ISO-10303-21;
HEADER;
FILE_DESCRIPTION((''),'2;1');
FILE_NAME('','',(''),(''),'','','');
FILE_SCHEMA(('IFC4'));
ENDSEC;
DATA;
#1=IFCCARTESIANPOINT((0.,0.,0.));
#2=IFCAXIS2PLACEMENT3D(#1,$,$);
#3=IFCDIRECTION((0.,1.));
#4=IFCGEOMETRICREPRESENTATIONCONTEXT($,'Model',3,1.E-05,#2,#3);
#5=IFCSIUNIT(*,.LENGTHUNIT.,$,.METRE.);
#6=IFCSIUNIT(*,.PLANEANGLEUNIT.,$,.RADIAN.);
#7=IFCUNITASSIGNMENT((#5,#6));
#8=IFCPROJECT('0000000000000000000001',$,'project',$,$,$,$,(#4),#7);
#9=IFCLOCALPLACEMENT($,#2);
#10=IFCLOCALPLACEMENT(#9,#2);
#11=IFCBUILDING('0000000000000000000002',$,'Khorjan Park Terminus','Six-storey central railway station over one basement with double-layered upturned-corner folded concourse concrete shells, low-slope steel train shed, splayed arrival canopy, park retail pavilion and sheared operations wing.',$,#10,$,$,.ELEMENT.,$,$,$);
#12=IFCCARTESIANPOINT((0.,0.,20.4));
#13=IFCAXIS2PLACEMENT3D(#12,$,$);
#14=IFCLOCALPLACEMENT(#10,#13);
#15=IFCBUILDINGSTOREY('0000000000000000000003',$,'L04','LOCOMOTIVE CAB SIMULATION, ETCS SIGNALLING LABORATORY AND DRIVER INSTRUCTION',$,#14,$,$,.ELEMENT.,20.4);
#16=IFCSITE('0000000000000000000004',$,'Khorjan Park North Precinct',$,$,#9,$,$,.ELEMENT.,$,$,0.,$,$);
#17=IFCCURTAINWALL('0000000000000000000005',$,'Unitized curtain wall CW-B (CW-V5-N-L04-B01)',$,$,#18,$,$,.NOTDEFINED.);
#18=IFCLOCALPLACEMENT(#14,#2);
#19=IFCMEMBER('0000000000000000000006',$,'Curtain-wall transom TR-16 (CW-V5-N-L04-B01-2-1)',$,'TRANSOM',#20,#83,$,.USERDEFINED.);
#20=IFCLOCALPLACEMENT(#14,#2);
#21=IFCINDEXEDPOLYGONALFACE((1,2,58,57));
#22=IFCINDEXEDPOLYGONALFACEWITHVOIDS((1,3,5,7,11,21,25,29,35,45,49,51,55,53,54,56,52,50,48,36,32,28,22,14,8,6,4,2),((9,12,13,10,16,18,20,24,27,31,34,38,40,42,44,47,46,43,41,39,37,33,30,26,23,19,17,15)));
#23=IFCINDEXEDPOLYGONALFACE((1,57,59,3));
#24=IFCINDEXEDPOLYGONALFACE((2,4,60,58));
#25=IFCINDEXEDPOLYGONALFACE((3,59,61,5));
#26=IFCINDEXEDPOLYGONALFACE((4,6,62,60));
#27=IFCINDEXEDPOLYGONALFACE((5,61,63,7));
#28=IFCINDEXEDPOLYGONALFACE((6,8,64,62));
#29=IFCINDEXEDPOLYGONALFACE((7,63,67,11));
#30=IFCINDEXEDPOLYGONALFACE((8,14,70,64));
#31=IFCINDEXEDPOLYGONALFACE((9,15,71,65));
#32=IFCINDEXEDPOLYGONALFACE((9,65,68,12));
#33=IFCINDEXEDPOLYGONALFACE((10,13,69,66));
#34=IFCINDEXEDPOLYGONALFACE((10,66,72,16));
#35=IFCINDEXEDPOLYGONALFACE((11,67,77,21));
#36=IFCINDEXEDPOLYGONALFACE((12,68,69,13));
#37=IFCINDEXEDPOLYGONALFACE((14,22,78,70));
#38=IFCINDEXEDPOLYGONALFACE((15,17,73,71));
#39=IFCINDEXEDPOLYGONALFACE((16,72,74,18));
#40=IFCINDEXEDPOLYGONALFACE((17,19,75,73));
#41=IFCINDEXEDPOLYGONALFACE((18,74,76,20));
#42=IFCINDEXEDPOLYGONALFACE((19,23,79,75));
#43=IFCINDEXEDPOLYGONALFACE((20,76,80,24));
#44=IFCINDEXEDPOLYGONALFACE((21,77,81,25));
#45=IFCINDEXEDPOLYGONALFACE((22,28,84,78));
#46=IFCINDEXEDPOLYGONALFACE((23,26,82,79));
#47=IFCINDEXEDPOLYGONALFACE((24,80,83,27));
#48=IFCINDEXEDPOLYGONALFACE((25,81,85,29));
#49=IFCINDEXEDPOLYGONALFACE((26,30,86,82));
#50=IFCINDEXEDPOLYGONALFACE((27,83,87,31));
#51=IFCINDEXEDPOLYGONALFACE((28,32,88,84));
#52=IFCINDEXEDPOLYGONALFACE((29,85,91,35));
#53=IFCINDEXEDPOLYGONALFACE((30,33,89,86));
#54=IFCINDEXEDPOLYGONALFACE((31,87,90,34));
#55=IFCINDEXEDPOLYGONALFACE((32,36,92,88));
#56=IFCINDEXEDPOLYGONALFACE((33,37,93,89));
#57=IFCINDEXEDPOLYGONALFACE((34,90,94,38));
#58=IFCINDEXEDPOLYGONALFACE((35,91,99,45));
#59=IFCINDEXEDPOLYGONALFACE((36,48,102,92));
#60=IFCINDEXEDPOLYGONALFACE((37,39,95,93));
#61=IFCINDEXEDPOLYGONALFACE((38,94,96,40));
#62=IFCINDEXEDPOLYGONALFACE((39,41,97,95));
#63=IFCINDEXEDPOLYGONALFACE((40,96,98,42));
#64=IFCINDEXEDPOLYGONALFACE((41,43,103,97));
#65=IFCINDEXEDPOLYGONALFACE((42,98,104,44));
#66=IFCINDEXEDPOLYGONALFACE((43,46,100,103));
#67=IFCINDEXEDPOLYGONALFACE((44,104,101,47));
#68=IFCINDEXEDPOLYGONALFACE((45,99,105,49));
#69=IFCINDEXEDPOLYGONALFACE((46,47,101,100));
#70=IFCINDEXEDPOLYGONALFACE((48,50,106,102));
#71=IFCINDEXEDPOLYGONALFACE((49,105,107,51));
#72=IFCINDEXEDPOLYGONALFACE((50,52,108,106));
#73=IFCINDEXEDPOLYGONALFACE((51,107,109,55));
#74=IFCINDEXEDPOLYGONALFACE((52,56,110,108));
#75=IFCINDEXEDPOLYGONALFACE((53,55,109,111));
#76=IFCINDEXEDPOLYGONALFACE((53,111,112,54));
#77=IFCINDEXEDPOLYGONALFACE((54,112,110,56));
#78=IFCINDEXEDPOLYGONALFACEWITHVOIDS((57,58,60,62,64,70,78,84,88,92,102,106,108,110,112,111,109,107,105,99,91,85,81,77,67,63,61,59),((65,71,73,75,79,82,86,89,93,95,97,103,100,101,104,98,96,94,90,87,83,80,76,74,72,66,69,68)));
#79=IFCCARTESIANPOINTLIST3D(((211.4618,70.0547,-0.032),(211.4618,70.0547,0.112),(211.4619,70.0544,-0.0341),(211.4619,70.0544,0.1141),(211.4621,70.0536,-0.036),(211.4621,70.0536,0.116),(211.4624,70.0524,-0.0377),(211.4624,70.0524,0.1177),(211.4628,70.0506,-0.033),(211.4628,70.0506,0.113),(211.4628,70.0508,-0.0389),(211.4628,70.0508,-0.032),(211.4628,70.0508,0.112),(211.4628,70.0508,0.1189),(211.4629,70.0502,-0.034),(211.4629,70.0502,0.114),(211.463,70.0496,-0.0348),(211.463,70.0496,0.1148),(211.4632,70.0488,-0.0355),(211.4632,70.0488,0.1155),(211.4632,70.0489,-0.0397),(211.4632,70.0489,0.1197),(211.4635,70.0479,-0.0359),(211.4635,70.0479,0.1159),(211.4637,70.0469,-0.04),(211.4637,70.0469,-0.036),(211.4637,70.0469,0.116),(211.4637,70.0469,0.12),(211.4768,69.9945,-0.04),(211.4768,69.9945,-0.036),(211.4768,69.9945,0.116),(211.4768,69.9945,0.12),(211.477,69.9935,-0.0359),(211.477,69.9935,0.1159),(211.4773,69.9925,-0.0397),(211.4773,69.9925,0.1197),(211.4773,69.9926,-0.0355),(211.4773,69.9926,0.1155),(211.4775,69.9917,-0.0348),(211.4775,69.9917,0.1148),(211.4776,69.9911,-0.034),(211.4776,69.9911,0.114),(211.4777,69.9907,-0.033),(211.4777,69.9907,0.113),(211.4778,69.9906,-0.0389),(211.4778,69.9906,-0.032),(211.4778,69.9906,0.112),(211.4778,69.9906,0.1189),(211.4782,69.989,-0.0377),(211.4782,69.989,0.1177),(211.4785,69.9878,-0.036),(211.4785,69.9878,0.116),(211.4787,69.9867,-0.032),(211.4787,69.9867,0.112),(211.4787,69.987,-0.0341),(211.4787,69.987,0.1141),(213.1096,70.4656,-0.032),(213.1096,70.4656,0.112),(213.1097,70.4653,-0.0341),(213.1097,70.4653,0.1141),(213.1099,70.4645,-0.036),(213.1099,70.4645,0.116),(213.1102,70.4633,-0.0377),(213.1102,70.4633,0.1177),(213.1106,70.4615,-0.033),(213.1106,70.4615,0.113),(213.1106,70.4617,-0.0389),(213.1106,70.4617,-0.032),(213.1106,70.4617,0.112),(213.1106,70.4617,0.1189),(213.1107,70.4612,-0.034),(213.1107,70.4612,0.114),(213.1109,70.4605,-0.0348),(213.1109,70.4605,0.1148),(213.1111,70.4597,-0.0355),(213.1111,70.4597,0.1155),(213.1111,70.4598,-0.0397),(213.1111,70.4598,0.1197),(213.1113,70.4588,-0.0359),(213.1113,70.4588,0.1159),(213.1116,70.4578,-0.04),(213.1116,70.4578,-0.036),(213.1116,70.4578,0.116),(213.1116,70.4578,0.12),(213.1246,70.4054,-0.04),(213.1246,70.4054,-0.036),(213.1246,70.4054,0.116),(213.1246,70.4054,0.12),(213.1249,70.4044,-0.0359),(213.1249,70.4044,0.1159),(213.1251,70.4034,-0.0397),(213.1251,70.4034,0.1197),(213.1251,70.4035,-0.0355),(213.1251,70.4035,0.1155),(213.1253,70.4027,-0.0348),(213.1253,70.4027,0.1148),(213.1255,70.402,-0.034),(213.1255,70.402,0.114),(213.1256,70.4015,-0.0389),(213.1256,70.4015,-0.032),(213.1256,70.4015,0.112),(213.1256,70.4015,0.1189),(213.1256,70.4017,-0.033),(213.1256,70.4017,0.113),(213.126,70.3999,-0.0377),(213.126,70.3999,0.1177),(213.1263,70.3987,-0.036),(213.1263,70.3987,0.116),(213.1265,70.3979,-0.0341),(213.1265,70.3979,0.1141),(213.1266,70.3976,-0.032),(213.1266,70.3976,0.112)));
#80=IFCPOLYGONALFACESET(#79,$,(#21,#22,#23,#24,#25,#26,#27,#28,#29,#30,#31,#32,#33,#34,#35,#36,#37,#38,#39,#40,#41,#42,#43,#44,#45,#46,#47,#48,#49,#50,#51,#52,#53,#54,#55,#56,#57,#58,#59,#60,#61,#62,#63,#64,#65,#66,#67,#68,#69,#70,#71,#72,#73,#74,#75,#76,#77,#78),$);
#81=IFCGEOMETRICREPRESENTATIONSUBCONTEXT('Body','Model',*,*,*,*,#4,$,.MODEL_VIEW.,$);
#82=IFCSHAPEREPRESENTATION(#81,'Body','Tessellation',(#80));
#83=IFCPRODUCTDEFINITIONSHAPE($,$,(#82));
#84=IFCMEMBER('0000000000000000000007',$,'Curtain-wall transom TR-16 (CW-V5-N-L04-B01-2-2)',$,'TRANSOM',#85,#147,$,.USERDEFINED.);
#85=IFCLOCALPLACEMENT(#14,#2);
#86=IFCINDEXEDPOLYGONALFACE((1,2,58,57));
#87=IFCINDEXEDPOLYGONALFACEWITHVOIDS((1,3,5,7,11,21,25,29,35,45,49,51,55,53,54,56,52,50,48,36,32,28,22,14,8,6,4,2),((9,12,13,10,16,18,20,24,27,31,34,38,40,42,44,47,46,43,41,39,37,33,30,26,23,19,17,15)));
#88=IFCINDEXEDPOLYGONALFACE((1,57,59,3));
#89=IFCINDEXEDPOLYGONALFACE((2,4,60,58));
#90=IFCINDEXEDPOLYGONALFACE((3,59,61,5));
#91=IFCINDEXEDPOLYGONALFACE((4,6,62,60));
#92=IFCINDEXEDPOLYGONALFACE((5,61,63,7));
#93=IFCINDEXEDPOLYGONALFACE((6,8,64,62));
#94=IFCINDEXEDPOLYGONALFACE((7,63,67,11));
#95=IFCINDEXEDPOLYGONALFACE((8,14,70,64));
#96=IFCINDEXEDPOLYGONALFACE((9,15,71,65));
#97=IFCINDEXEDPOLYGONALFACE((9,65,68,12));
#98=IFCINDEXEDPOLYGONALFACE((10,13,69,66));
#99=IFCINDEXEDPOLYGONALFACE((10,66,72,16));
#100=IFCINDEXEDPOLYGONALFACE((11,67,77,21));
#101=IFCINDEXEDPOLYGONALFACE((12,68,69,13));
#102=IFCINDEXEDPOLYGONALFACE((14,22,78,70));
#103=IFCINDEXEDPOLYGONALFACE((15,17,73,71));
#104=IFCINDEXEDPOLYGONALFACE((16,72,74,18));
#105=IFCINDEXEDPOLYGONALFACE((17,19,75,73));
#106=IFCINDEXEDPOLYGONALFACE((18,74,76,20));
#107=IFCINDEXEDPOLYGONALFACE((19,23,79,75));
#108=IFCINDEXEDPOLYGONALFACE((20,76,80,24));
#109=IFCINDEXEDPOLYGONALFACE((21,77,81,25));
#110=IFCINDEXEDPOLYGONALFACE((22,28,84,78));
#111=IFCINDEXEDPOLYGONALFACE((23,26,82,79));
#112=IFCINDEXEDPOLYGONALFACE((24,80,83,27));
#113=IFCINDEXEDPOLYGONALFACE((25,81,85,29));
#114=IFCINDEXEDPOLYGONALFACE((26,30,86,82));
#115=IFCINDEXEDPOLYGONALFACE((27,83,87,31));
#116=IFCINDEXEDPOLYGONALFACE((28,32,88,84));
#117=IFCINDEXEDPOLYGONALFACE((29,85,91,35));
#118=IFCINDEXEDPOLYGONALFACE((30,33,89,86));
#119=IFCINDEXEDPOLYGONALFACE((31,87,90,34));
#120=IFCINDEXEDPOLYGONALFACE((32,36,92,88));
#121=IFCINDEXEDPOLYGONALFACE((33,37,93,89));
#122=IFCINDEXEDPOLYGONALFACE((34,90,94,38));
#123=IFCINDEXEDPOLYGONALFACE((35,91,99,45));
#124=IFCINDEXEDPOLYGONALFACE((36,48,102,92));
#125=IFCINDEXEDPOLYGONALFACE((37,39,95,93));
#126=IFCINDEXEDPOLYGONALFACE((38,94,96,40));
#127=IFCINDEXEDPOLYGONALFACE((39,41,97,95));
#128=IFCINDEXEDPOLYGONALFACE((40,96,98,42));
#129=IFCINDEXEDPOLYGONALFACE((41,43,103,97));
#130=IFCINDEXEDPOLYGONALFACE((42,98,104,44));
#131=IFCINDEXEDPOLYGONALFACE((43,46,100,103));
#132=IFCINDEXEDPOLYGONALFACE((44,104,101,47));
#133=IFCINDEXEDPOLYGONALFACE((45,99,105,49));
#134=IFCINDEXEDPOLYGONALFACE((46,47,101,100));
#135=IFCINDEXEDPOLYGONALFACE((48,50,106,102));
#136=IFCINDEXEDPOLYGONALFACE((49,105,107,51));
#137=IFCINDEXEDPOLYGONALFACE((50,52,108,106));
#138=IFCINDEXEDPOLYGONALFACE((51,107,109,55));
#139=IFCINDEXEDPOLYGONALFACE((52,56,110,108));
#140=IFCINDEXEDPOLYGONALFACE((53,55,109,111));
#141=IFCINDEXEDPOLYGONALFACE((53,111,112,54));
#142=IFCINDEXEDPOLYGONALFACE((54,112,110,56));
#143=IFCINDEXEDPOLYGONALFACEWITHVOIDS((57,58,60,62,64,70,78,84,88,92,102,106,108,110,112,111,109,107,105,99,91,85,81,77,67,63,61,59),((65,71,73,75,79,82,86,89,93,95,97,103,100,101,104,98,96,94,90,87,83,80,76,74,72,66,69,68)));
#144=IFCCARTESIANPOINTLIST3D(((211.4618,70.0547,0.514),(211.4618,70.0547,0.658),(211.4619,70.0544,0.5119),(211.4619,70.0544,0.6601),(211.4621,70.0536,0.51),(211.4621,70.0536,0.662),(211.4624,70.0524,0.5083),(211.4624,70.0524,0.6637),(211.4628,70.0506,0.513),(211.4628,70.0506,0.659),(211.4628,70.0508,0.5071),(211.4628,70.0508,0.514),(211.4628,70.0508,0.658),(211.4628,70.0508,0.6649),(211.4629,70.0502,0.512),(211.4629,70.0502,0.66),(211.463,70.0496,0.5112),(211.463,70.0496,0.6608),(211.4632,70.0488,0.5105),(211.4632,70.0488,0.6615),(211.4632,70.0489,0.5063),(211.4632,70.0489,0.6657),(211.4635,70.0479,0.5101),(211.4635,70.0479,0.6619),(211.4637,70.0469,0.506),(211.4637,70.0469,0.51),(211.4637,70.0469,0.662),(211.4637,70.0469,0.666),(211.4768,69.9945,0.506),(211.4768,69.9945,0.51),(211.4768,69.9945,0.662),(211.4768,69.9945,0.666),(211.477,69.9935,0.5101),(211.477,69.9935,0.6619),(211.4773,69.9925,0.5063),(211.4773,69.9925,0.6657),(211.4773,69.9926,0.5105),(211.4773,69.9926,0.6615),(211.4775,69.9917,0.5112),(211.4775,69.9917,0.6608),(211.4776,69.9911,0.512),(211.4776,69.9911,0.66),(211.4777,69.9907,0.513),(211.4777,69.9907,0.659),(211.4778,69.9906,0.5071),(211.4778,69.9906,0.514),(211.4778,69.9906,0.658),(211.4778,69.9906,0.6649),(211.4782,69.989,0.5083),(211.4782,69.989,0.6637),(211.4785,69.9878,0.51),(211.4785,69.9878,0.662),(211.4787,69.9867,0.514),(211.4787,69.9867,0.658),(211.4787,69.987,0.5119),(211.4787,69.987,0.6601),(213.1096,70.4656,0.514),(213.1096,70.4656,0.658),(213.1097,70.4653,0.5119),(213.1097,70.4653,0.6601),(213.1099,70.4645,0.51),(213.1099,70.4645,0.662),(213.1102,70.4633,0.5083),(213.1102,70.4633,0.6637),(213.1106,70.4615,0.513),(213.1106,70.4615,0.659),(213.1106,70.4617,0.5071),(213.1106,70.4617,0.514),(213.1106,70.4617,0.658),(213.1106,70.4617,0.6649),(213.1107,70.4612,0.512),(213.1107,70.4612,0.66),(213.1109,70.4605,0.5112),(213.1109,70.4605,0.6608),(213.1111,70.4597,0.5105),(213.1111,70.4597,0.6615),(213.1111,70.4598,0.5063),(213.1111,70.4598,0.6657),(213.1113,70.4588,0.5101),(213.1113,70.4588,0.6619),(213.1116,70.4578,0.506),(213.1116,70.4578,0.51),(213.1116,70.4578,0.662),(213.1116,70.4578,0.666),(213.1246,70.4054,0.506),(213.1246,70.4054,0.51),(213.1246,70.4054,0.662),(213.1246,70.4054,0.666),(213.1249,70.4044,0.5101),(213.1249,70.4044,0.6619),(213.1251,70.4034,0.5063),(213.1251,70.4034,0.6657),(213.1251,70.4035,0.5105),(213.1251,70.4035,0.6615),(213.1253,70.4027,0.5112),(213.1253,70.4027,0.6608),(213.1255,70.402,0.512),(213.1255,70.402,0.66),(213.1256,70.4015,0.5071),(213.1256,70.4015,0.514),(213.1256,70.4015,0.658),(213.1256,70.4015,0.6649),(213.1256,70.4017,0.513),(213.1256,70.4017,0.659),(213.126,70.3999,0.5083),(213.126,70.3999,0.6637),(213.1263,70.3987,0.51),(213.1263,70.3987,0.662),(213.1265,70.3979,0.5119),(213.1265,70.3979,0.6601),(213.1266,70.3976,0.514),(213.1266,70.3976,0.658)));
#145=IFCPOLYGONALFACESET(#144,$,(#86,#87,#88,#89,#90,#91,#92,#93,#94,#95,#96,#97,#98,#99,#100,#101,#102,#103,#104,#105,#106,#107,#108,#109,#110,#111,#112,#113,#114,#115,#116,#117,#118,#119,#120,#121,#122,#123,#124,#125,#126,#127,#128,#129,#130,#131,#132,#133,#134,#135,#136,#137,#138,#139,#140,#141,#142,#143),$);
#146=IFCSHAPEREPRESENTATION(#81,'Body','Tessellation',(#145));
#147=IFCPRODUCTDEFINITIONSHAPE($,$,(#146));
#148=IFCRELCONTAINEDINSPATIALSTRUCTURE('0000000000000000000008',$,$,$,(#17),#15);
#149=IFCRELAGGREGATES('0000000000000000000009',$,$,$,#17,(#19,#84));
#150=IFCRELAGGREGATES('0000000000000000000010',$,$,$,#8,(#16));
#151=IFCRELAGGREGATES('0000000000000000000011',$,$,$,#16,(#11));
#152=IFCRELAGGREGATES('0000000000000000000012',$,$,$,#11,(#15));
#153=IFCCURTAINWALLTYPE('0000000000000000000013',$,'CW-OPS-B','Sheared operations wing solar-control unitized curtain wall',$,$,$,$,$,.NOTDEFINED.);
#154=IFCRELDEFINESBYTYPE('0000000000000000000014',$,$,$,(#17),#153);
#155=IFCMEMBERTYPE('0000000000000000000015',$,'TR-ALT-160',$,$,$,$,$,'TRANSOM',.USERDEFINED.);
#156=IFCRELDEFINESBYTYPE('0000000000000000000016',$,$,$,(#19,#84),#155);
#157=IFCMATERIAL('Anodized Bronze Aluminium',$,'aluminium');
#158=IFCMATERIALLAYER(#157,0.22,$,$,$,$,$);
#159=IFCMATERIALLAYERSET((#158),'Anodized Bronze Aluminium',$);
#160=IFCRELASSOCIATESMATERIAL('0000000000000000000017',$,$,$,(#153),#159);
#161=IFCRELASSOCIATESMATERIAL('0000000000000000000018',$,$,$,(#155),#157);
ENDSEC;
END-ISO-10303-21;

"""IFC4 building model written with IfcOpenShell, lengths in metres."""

from ifc_helpers import new_model, si_unit, direction, frame, origin, origin_2d, place, context, subcontext, project, spatial, hollow_rectangle, extrude, material, layer, layer_set, material_profile, profile_set, type_object, element, aggregate, save


model = new_model("IFC4")

# Units and contexts
model_context = context("Model", 3, precision=1e-05, world=origin(), true_north=direction((0.0, 1.0)))
body_context = subcontext(model_context, "Body", "Model", "MODEL_VIEW")
ifc_project = project(units=[si_unit("LENGTHUNIT", "METRE"), si_unit("PLANEANGLEUNIT", "RADIAN")], contexts=[model_context])

# Site, building, storey
site_placement = place(None, origin())
site = spatial("IfcSite", under=ifc_project, at=site_placement, Name="Khorjan Park North Precinct", CompositionType="ELEMENT", RefElevation=0.0)
building_placement = place(site_placement, origin())
building = spatial("IfcBuilding", under=site, at=building_placement, Name="Khorjan Park Terminus", Description="Six-storey central railway station over one basement with double-layered upturned-corner folded concourse concrete shells, low-slope steel train shed, splayed arrival canopy, park retail pavilion and sheared operations wing.", CompositionType="ELEMENT")
storey_placement = place(building_placement, frame((0.0, 0.0, 20.4)))
storey = spatial("IfcBuildingStorey", under=building, at=storey_placement, Name="L04", Description="LOCOMOTIVE CAB SIMULATION, ETCS SIGNALLING LABORATORY AND DRIVER INSTRUCTION", CompositionType="ELEMENT", Elevation=20.4)

# Shared definitions
ifc_material_1 = material(Name="Anodized Bronze Aluminium", Category="aluminium")
ifc_layer_1 = layer(ifc_material_1, 0.22)
ifc_layer_set_1 = layer_set([ifc_layer_1], Name="Anodized Bronze Aluminium")
curtain_wall_type = type_object("IfcCurtainWallType", Name="CW-OPS-B", Description="Sheared operations wing solar-control unitized curtain wall", PredefinedType="NOTDEFINED", material=ifc_layer_set_1)

# Curtain wall, members
curtain_wall_1_placement = place(storey_placement, origin())
curtain_wall_1 = element("IfcCurtainWall", 1, at=curtain_wall_1_placement, inside=storey, type_object=curtain_wall_type, Name="Unitized curtain wall CW-B (CW-V5-N-L04-B01)", PredefinedType="NOTDEFINED")
ifc_material_profile_1 = material_profile(ifc_material_1, hollow_rectangle(XDim=0.07, YDim=0.16, WallThickness=0.004, InnerFilletRadius=0.004, OuterFilletRadius=0.008, at=origin_2d()), Name="ALT 70x160x4")
ifc_profile_set_1 = profile_set([ifc_material_profile_1], Name="Anodized Bronze Aluminium")
member_type_1 = type_object("IfcMemberType", Name="TR-ALT-160", ElementType="TRANSOM", PredefinedType="USERDEFINED", material=ifc_profile_set_1)
member_1_placement = place(storey_placement, frame((213.1181, 70.4316, 0.04), z_axis=(-0.970288, -0.241954, 0.0), x_axis=(0.241954, -0.970288, 0.0)))
member_1 = element("IfcMember", 2, at=member_1_placement, type_object=member_type_1, Name="Curtain-wall transom TR-16 (CW-V5-N-L04-B01-2-1)", ObjectType="TRANSOM", PredefinedType="USERDEFINED", context=body_context, shape_type="SweptSolid", body=[
    extrude(hollow_rectangle(XDim=0.07, YDim=0.16, WallThickness=0.004, InnerFilletRadius=0.004, OuterFilletRadius=0.008, at=origin_2d()), origin(), (0.0, 0.0, 1.0), 1.6983),
])
member_2_placement = place(storey_placement, frame((213.1181, 70.4316, 0.586), z_axis=(-0.970288, -0.241954, 0.0), x_axis=(0.241954, -0.970288, 0.0)))
member_2 = element("IfcMember", 3, at=member_2_placement, type_object=member_type_1, Name="Curtain-wall transom TR-16 (CW-V5-N-L04-B01-2-2)", ObjectType="TRANSOM", PredefinedType="USERDEFINED", context=body_context, shape_type="SweptSolid", body=[
    extrude(hollow_rectangle(XDim=0.07, YDim=0.16, WallThickness=0.004, InnerFilletRadius=0.004, OuterFilletRadius=0.008, at=origin_2d()), origin(), (0.0, 0.0, 1.0), 1.6983),
])

aggregate(curtain_wall_1, [member_1, member_2])

save(model, "model.ifc")
